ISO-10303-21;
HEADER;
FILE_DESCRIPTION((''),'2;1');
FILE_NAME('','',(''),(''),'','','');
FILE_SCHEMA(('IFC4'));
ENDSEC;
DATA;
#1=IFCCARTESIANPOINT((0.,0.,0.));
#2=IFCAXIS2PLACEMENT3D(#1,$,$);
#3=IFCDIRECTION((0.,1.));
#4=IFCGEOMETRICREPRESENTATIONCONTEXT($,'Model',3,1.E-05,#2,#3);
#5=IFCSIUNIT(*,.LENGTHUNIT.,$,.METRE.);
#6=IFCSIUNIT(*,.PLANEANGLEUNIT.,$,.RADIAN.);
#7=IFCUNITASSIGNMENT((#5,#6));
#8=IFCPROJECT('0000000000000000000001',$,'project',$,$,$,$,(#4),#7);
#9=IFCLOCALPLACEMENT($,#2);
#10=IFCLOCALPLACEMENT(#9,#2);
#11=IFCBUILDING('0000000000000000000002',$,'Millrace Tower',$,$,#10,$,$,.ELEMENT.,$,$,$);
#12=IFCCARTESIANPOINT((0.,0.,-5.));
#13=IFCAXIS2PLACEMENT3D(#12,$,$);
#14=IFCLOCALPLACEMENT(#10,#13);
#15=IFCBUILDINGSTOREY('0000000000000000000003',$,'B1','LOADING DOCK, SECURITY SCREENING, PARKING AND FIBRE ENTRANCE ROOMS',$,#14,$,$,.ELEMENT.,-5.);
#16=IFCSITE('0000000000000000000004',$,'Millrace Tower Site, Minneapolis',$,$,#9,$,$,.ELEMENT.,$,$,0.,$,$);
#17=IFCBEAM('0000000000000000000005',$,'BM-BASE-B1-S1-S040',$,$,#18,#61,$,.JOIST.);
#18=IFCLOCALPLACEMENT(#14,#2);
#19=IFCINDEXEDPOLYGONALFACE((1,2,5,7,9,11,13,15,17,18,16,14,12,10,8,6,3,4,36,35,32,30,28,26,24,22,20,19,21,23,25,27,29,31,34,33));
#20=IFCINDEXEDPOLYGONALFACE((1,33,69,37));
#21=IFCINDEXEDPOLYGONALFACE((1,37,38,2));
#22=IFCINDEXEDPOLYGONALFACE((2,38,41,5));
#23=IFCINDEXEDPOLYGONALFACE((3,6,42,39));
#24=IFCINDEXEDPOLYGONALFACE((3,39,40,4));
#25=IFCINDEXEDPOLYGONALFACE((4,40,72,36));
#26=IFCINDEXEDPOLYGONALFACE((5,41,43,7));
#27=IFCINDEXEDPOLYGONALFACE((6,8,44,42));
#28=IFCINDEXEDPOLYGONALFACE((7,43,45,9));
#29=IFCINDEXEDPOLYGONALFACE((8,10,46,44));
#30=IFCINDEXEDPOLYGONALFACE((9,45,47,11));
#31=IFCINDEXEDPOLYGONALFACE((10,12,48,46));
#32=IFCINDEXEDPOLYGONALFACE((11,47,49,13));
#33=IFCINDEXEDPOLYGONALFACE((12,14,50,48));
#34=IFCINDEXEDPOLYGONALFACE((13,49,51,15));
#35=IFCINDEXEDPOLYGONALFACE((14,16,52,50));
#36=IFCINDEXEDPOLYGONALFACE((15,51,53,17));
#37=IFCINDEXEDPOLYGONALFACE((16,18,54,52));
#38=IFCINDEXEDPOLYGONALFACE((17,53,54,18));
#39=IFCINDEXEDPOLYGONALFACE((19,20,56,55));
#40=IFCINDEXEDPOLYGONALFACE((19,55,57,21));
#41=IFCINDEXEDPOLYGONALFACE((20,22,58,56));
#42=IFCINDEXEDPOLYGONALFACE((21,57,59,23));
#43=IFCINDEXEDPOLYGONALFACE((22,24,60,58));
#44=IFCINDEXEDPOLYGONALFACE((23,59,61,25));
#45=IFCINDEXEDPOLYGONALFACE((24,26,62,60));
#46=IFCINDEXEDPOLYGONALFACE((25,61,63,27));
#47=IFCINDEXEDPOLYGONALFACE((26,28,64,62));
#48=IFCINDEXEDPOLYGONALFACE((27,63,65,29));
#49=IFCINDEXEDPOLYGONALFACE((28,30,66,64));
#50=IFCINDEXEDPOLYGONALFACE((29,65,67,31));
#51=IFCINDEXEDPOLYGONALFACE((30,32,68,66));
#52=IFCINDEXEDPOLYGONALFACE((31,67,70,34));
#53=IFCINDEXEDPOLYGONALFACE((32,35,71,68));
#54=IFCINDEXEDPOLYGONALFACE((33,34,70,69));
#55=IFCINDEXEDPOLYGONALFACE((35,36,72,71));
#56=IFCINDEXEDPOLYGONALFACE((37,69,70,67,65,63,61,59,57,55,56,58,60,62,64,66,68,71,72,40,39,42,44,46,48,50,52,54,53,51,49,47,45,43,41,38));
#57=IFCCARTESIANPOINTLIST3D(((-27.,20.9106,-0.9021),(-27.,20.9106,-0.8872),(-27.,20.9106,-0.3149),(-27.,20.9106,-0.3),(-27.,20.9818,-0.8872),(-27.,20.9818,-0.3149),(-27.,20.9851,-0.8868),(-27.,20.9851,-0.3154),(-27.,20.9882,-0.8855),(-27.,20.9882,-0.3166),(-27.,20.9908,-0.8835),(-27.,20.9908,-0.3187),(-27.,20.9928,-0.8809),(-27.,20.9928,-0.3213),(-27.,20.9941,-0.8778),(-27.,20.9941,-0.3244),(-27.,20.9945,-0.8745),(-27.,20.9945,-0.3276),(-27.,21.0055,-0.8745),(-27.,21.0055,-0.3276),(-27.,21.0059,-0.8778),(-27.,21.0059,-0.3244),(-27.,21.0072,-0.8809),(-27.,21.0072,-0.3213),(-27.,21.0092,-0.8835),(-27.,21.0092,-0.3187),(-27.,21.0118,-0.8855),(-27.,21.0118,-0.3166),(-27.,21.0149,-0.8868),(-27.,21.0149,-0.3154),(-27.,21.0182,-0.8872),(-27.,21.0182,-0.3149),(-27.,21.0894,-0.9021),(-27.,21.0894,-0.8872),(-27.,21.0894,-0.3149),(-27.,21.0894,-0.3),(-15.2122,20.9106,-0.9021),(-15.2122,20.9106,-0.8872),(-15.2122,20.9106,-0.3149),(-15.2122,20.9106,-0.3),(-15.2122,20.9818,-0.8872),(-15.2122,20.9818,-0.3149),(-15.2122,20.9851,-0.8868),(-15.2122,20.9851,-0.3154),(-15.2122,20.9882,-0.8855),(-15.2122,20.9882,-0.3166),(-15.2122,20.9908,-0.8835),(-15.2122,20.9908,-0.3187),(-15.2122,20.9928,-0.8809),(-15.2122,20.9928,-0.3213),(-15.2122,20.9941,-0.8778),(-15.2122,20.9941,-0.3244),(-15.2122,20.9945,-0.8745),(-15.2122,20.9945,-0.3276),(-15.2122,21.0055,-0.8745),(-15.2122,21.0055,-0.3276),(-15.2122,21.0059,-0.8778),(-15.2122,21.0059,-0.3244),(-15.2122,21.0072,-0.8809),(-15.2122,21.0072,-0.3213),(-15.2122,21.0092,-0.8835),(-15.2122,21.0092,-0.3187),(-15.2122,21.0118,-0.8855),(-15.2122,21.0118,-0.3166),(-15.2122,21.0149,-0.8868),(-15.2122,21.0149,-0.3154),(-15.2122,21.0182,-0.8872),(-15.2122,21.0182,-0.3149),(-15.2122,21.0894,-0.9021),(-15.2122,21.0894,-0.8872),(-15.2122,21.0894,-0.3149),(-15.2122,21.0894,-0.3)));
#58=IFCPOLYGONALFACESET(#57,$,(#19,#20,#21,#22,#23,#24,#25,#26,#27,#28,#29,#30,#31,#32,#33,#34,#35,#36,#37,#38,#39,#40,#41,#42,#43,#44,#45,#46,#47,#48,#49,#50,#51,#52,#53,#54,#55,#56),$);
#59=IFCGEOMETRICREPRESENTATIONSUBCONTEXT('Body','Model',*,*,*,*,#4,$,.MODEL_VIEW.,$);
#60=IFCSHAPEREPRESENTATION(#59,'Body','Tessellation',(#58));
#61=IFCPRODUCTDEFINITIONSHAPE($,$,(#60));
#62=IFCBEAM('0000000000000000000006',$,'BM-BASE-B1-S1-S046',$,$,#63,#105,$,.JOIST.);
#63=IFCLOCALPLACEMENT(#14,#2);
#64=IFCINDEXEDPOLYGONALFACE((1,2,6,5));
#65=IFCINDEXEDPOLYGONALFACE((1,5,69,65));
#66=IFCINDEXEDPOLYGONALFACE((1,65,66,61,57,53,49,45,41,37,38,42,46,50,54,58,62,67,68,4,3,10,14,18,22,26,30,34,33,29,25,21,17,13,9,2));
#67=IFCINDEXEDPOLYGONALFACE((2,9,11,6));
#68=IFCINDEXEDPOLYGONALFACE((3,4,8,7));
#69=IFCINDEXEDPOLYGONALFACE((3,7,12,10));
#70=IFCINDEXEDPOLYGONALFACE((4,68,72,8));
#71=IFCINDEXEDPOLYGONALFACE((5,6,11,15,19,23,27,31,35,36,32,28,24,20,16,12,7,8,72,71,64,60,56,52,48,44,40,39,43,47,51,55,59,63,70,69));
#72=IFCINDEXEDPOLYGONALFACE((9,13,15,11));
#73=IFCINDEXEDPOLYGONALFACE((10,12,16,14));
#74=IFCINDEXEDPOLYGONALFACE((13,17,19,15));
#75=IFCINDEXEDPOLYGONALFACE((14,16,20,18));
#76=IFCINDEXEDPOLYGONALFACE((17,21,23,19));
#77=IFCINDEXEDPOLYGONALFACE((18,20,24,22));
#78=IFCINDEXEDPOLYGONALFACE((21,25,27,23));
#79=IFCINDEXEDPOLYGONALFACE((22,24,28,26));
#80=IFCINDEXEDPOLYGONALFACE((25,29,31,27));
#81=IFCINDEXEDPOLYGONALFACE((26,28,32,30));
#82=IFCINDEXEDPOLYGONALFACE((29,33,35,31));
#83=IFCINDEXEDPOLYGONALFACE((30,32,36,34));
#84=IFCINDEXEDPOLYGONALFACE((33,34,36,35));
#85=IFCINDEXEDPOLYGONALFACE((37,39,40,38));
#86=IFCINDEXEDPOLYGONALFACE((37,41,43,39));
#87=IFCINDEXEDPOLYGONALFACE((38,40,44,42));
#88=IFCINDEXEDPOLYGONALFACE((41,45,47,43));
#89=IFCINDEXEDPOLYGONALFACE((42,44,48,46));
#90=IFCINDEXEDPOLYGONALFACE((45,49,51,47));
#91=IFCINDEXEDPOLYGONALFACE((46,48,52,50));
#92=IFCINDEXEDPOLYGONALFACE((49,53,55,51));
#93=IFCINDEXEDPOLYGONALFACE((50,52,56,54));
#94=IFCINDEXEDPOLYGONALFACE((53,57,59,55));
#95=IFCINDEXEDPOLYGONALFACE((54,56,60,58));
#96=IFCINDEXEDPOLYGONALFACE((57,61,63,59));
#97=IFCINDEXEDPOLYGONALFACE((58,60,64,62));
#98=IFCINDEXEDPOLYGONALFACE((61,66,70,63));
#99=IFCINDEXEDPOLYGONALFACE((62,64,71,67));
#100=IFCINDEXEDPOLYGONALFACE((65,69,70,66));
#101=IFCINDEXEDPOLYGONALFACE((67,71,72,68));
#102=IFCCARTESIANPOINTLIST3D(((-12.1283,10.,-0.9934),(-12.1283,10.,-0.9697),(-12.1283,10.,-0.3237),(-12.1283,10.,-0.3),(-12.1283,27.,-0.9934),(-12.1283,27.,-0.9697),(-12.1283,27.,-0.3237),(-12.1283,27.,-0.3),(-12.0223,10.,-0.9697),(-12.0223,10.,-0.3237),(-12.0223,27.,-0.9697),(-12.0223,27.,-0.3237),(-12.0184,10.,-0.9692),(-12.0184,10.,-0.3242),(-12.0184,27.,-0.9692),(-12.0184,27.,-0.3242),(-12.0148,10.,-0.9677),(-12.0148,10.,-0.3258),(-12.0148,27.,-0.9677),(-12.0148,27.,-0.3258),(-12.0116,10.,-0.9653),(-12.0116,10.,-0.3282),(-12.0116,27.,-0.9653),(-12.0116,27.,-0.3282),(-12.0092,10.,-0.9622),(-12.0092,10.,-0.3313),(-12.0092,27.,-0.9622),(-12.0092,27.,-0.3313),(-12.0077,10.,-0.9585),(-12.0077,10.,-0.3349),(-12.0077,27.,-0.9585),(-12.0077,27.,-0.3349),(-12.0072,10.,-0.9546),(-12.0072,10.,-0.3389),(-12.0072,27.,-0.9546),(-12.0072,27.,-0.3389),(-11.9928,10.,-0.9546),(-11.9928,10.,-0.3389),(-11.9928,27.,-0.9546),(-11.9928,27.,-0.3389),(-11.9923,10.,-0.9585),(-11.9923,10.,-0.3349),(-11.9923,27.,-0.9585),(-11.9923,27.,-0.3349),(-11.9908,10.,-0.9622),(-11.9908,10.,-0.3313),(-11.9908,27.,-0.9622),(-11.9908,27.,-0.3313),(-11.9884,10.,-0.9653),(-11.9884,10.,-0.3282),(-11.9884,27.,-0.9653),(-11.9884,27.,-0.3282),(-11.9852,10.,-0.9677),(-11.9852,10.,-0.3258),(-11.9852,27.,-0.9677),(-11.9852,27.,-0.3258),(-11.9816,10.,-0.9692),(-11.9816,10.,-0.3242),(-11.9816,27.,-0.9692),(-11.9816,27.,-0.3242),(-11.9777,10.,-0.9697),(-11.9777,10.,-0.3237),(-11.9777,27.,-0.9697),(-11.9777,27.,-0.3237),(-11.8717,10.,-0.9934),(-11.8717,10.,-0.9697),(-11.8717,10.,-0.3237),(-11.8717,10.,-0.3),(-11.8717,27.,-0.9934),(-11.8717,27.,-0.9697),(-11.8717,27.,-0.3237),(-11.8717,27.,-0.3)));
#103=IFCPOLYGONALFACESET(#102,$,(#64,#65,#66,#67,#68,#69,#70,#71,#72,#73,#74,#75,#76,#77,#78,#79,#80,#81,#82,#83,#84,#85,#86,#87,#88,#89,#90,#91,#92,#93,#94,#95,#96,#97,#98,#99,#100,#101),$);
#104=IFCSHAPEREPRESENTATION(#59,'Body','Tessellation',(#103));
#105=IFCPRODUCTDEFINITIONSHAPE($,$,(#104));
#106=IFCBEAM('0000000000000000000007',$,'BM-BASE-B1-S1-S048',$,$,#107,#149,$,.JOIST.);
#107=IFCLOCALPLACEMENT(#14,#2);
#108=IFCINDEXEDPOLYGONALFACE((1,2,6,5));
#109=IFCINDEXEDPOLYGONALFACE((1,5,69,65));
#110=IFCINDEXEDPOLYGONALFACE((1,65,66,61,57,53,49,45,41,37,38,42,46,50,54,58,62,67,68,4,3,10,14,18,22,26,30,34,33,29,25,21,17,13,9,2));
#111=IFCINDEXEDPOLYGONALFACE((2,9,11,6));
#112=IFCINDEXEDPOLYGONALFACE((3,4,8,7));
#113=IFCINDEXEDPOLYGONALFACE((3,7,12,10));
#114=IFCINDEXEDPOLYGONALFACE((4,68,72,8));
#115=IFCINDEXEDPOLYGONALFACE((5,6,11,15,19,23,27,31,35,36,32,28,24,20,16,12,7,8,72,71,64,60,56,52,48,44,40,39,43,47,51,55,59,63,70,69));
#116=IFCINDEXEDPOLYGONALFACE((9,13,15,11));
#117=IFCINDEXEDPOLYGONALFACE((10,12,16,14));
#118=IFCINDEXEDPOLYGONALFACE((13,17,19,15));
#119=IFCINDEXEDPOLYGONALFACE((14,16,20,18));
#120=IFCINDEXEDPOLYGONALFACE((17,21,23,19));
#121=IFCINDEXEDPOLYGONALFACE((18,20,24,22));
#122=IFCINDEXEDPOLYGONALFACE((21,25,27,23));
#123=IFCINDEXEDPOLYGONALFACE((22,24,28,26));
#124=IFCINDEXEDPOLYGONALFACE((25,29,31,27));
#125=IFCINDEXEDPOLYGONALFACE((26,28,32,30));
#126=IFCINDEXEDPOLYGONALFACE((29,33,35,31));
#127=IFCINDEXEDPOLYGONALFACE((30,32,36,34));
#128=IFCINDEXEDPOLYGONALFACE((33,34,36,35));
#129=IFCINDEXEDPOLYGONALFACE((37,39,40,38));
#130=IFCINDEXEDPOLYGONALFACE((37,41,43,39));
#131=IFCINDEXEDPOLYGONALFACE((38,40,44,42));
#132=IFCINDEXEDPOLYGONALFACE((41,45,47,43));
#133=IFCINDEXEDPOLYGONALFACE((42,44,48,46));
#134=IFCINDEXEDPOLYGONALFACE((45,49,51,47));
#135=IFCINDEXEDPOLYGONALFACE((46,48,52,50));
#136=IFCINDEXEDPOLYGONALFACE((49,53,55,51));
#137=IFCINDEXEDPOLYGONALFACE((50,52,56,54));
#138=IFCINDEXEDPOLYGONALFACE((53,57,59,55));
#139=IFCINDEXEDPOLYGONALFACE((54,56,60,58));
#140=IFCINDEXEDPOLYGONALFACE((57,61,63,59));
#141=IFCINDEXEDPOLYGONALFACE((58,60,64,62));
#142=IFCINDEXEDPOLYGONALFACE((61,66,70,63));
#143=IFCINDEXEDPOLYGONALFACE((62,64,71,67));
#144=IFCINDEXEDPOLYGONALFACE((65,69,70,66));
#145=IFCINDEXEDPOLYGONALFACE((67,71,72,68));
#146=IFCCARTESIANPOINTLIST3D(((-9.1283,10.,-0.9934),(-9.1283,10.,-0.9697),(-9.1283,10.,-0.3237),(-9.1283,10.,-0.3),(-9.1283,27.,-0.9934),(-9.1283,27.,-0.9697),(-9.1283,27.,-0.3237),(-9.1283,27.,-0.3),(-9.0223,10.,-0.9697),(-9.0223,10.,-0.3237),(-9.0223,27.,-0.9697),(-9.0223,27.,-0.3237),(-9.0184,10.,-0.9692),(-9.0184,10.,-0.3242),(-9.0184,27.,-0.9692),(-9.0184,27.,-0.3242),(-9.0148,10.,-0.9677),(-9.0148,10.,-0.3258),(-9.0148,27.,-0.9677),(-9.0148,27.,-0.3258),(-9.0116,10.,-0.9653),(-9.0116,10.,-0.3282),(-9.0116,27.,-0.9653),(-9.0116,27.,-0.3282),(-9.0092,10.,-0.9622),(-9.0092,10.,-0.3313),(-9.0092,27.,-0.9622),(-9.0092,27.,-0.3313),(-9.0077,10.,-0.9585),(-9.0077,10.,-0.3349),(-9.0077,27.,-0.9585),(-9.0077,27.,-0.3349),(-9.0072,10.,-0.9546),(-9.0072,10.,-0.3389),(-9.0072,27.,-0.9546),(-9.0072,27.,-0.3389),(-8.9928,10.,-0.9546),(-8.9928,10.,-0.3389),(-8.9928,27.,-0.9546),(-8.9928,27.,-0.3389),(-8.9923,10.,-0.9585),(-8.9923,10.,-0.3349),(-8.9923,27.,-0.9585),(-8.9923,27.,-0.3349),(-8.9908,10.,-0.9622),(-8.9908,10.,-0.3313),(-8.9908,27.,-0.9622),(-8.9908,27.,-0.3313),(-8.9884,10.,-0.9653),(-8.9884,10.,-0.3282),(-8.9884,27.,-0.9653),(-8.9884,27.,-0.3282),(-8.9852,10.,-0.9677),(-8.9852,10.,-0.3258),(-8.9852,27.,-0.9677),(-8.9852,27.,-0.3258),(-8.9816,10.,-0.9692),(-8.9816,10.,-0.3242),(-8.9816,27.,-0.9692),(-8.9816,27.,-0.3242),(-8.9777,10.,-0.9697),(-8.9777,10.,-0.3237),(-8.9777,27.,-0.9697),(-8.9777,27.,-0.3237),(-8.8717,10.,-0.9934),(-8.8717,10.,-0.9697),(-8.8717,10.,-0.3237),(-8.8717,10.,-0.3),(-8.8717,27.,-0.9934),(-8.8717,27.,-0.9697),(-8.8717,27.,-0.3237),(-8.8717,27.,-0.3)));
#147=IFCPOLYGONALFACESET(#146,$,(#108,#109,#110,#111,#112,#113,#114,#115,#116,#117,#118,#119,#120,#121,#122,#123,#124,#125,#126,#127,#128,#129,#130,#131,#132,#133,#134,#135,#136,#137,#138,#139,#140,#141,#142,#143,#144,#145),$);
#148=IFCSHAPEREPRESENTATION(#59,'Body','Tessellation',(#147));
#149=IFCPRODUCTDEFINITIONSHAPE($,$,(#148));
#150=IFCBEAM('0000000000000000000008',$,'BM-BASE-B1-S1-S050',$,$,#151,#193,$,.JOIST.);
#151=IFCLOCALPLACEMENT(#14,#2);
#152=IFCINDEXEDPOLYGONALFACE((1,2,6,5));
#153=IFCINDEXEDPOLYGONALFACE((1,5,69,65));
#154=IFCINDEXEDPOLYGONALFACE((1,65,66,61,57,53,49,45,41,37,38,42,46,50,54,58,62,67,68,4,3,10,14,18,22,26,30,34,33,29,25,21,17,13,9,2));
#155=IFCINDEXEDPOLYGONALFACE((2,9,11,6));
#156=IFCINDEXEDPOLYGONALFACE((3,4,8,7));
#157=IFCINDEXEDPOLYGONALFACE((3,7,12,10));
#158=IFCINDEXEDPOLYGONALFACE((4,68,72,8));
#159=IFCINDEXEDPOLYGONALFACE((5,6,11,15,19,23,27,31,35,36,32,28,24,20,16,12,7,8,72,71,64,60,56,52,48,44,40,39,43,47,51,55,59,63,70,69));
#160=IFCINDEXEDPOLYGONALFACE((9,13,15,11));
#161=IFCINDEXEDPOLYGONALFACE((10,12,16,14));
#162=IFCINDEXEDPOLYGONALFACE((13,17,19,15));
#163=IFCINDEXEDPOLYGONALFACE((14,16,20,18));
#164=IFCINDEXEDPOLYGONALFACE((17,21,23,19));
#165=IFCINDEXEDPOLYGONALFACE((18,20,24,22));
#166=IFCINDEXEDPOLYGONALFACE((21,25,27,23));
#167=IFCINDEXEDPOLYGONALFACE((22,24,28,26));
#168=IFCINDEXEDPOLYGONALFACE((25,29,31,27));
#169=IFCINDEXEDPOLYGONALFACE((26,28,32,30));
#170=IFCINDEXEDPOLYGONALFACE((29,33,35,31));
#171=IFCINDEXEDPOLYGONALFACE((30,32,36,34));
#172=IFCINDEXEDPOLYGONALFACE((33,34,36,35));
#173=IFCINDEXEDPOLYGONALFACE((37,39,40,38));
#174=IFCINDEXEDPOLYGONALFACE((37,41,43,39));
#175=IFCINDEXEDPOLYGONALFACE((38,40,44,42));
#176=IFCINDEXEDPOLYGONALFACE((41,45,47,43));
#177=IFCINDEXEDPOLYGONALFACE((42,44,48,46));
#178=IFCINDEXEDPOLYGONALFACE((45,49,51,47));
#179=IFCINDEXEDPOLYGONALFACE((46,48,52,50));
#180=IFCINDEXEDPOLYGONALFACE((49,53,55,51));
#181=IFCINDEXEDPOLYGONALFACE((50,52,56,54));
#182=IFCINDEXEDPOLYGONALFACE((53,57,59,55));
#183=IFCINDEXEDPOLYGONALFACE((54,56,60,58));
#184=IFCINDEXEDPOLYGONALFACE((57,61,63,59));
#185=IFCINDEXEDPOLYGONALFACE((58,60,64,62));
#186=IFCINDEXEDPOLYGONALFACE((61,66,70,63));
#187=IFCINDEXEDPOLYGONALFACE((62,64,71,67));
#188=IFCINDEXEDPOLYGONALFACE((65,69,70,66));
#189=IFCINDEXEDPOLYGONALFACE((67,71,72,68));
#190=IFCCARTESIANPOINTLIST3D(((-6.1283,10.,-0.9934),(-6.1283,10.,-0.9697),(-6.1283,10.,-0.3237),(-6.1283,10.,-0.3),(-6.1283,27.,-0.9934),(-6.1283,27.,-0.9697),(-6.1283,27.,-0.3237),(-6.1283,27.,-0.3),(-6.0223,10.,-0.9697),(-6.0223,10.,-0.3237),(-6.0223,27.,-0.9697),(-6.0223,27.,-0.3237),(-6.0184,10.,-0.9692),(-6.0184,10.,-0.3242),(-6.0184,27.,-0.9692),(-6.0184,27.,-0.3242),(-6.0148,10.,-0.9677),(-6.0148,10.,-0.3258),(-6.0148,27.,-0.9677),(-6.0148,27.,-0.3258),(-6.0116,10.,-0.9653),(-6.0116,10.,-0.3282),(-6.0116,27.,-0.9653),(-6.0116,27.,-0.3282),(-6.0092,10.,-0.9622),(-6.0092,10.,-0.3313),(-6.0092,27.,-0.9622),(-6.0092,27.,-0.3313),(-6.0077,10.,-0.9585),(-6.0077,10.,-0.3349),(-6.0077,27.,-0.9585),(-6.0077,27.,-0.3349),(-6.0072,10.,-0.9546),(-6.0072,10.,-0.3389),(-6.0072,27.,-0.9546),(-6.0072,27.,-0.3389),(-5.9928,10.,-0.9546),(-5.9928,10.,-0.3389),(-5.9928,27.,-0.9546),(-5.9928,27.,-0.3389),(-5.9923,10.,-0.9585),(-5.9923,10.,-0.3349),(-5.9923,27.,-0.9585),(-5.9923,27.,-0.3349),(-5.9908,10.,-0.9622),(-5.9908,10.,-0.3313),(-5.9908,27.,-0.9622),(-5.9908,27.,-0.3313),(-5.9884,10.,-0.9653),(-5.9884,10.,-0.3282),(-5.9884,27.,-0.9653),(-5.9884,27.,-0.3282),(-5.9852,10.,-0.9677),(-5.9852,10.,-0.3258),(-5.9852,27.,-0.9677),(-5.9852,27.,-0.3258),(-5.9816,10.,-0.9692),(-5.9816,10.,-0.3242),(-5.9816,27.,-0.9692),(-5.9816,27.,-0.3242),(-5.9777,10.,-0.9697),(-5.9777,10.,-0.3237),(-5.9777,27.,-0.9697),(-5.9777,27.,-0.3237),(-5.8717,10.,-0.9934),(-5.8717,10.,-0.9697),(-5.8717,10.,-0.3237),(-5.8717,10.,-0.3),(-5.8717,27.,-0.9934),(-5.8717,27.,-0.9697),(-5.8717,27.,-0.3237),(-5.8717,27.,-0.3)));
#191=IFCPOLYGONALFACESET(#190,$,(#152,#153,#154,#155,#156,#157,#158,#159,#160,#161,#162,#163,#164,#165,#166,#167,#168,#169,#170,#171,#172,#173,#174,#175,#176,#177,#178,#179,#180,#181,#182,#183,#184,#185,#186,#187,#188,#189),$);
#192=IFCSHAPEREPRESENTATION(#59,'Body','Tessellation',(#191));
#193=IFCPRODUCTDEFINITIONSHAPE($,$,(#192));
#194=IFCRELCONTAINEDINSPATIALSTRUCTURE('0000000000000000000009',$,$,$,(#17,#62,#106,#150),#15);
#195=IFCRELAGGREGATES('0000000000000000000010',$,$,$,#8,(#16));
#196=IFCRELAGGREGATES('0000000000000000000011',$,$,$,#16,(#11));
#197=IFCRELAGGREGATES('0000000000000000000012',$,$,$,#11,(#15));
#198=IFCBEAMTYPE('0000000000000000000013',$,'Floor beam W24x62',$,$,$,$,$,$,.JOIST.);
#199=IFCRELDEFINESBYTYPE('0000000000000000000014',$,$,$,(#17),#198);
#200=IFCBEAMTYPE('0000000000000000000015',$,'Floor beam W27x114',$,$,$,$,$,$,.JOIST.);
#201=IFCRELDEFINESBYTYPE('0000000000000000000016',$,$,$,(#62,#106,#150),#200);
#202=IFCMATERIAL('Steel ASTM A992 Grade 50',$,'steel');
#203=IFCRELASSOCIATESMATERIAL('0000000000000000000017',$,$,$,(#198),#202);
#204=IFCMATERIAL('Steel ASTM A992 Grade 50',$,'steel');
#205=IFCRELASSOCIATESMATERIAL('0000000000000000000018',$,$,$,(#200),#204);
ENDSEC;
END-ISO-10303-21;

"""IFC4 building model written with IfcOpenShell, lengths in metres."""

from ifc_helpers import new_model, si_unit, direction, frame, origin, origin_2d, place, context, subcontext, project, spatial, i_section, extrude, material, material_profile, profile_set, type_object, element, save


model = new_model("IFC4")

# Units and contexts
model_context = context("Model", 3, precision=1e-05, world=origin(), true_north=direction((0.0, 1.0)))
body_context = subcontext(model_context, "Body", "Model", "MODEL_VIEW")
ifc_project = project(units=[si_unit("LENGTHUNIT", "METRE"), si_unit("PLANEANGLEUNIT", "RADIAN")], contexts=[model_context])

# Site, building, storey
site_placement = place(None, origin())
site = spatial("IfcSite", under=ifc_project, at=site_placement, Name="Millrace Tower Site, Minneapolis", CompositionType="ELEMENT", RefElevation=0.0)
building_placement = place(site_placement, origin())
building = spatial("IfcBuilding", under=site, at=building_placement, Name="Millrace Tower", CompositionType="ELEMENT")
storey_placement = place(building_placement, frame((0.0, 0.0, -5.0)))
storey = spatial("IfcBuildingStorey", under=building, at=storey_placement, Name="B1", Description="LOADING DOCK, SECURITY SCREENING, PARKING AND FIBRE ENTRANCE ROOMS", CompositionType="ELEMENT", Elevation=-5.0)

# Beams
ifc_material_1 = material(Name="Steel ASTM A992 Grade 50", Category="steel")
ifc_material_profile_1 = material_profile(ifc_material_1, i_section(OverallWidth=0.1787, OverallDepth=0.6021, WebThickness=0.011, FlangeThickness=0.0149, FilletRadius=0.0127, at=origin_2d()))
ifc_profile_set_1 = profile_set([ifc_material_profile_1], Name="Steel ASTM A992 Grade 50")
beam_type_1 = type_object("IfcBeamType", Name="Floor beam W24x62", PredefinedType="JOIST", material=ifc_profile_set_1)
for number, where, z_axis, x_axis, name in (
    (1, (-27.0, 21.0, -0.6011), (1.0, 0.0, 0.0), (0.0, 1.0, 0.0), "BM-BASE-B1-S1-S040"),
):
    element("IfcBeam", number, at=place(storey_placement, frame(where, z_axis=z_axis, x_axis=x_axis)), inside=storey, type_object=beam_type_1, Name=name, PredefinedType="JOIST", context=body_context, shape_type="SweptSolid", body=[
        extrude(i_section(OverallWidth=0.1787, OverallDepth=0.6021, WebThickness=0.011, FlangeThickness=0.0149, FilletRadius=0.0127, at=origin_2d()), origin(), (0.0, 0.0, 1.0), 11.7878),
    ])
ifc_material_2 = material(Name="Steel ASTM A992 Grade 50", Category="steel")
ifc_material_profile_2 = material_profile(ifc_material_2, i_section(OverallWidth=0.2566, OverallDepth=0.6934, WebThickness=0.0144, FlangeThickness=0.0237, FilletRadius=0.0151, at=origin_2d()))
ifc_profile_set_2 = profile_set([ifc_material_profile_2], Name="Steel ASTM A992 Grade 50")
beam_type_2 = type_object("IfcBeamType", Name="Floor beam W27x114", PredefinedType="JOIST", material=ifc_profile_set_2)
for number, where, z_axis, x_axis, name in (
    (2, (-12.0, 10.0, -0.6467), (0.0, 1.0, 0.0), (-1.0, 0.0, 0.0), "BM-BASE-B1-S1-S046"),
    (3, (-9.0, 10.0, -0.6467), (0.0, 1.0, 0.0), (-1.0, 0.0, 0.0), "BM-BASE-B1-S1-S048"),
    (4, (-6.0, 10.0, -0.6467), (0.0, 1.0, 0.0), (-1.0, 0.0, 0.0), "BM-BASE-B1-S1-S050"),
):
    element("IfcBeam", number, at=place(storey_placement, frame(where, z_axis=z_axis, x_axis=x_axis)), inside=storey, type_object=beam_type_2, Name=name, PredefinedType="JOIST", context=body_context, shape_type="SweptSolid", body=[
        extrude(i_section(OverallWidth=0.2566, OverallDepth=0.6934, WebThickness=0.0144, FlangeThickness=0.0237, FilletRadius=0.0151, at=origin_2d()), origin(), (0.0, 0.0, 1.0), 17.0),
    ])

save(model, "model.ifc")
